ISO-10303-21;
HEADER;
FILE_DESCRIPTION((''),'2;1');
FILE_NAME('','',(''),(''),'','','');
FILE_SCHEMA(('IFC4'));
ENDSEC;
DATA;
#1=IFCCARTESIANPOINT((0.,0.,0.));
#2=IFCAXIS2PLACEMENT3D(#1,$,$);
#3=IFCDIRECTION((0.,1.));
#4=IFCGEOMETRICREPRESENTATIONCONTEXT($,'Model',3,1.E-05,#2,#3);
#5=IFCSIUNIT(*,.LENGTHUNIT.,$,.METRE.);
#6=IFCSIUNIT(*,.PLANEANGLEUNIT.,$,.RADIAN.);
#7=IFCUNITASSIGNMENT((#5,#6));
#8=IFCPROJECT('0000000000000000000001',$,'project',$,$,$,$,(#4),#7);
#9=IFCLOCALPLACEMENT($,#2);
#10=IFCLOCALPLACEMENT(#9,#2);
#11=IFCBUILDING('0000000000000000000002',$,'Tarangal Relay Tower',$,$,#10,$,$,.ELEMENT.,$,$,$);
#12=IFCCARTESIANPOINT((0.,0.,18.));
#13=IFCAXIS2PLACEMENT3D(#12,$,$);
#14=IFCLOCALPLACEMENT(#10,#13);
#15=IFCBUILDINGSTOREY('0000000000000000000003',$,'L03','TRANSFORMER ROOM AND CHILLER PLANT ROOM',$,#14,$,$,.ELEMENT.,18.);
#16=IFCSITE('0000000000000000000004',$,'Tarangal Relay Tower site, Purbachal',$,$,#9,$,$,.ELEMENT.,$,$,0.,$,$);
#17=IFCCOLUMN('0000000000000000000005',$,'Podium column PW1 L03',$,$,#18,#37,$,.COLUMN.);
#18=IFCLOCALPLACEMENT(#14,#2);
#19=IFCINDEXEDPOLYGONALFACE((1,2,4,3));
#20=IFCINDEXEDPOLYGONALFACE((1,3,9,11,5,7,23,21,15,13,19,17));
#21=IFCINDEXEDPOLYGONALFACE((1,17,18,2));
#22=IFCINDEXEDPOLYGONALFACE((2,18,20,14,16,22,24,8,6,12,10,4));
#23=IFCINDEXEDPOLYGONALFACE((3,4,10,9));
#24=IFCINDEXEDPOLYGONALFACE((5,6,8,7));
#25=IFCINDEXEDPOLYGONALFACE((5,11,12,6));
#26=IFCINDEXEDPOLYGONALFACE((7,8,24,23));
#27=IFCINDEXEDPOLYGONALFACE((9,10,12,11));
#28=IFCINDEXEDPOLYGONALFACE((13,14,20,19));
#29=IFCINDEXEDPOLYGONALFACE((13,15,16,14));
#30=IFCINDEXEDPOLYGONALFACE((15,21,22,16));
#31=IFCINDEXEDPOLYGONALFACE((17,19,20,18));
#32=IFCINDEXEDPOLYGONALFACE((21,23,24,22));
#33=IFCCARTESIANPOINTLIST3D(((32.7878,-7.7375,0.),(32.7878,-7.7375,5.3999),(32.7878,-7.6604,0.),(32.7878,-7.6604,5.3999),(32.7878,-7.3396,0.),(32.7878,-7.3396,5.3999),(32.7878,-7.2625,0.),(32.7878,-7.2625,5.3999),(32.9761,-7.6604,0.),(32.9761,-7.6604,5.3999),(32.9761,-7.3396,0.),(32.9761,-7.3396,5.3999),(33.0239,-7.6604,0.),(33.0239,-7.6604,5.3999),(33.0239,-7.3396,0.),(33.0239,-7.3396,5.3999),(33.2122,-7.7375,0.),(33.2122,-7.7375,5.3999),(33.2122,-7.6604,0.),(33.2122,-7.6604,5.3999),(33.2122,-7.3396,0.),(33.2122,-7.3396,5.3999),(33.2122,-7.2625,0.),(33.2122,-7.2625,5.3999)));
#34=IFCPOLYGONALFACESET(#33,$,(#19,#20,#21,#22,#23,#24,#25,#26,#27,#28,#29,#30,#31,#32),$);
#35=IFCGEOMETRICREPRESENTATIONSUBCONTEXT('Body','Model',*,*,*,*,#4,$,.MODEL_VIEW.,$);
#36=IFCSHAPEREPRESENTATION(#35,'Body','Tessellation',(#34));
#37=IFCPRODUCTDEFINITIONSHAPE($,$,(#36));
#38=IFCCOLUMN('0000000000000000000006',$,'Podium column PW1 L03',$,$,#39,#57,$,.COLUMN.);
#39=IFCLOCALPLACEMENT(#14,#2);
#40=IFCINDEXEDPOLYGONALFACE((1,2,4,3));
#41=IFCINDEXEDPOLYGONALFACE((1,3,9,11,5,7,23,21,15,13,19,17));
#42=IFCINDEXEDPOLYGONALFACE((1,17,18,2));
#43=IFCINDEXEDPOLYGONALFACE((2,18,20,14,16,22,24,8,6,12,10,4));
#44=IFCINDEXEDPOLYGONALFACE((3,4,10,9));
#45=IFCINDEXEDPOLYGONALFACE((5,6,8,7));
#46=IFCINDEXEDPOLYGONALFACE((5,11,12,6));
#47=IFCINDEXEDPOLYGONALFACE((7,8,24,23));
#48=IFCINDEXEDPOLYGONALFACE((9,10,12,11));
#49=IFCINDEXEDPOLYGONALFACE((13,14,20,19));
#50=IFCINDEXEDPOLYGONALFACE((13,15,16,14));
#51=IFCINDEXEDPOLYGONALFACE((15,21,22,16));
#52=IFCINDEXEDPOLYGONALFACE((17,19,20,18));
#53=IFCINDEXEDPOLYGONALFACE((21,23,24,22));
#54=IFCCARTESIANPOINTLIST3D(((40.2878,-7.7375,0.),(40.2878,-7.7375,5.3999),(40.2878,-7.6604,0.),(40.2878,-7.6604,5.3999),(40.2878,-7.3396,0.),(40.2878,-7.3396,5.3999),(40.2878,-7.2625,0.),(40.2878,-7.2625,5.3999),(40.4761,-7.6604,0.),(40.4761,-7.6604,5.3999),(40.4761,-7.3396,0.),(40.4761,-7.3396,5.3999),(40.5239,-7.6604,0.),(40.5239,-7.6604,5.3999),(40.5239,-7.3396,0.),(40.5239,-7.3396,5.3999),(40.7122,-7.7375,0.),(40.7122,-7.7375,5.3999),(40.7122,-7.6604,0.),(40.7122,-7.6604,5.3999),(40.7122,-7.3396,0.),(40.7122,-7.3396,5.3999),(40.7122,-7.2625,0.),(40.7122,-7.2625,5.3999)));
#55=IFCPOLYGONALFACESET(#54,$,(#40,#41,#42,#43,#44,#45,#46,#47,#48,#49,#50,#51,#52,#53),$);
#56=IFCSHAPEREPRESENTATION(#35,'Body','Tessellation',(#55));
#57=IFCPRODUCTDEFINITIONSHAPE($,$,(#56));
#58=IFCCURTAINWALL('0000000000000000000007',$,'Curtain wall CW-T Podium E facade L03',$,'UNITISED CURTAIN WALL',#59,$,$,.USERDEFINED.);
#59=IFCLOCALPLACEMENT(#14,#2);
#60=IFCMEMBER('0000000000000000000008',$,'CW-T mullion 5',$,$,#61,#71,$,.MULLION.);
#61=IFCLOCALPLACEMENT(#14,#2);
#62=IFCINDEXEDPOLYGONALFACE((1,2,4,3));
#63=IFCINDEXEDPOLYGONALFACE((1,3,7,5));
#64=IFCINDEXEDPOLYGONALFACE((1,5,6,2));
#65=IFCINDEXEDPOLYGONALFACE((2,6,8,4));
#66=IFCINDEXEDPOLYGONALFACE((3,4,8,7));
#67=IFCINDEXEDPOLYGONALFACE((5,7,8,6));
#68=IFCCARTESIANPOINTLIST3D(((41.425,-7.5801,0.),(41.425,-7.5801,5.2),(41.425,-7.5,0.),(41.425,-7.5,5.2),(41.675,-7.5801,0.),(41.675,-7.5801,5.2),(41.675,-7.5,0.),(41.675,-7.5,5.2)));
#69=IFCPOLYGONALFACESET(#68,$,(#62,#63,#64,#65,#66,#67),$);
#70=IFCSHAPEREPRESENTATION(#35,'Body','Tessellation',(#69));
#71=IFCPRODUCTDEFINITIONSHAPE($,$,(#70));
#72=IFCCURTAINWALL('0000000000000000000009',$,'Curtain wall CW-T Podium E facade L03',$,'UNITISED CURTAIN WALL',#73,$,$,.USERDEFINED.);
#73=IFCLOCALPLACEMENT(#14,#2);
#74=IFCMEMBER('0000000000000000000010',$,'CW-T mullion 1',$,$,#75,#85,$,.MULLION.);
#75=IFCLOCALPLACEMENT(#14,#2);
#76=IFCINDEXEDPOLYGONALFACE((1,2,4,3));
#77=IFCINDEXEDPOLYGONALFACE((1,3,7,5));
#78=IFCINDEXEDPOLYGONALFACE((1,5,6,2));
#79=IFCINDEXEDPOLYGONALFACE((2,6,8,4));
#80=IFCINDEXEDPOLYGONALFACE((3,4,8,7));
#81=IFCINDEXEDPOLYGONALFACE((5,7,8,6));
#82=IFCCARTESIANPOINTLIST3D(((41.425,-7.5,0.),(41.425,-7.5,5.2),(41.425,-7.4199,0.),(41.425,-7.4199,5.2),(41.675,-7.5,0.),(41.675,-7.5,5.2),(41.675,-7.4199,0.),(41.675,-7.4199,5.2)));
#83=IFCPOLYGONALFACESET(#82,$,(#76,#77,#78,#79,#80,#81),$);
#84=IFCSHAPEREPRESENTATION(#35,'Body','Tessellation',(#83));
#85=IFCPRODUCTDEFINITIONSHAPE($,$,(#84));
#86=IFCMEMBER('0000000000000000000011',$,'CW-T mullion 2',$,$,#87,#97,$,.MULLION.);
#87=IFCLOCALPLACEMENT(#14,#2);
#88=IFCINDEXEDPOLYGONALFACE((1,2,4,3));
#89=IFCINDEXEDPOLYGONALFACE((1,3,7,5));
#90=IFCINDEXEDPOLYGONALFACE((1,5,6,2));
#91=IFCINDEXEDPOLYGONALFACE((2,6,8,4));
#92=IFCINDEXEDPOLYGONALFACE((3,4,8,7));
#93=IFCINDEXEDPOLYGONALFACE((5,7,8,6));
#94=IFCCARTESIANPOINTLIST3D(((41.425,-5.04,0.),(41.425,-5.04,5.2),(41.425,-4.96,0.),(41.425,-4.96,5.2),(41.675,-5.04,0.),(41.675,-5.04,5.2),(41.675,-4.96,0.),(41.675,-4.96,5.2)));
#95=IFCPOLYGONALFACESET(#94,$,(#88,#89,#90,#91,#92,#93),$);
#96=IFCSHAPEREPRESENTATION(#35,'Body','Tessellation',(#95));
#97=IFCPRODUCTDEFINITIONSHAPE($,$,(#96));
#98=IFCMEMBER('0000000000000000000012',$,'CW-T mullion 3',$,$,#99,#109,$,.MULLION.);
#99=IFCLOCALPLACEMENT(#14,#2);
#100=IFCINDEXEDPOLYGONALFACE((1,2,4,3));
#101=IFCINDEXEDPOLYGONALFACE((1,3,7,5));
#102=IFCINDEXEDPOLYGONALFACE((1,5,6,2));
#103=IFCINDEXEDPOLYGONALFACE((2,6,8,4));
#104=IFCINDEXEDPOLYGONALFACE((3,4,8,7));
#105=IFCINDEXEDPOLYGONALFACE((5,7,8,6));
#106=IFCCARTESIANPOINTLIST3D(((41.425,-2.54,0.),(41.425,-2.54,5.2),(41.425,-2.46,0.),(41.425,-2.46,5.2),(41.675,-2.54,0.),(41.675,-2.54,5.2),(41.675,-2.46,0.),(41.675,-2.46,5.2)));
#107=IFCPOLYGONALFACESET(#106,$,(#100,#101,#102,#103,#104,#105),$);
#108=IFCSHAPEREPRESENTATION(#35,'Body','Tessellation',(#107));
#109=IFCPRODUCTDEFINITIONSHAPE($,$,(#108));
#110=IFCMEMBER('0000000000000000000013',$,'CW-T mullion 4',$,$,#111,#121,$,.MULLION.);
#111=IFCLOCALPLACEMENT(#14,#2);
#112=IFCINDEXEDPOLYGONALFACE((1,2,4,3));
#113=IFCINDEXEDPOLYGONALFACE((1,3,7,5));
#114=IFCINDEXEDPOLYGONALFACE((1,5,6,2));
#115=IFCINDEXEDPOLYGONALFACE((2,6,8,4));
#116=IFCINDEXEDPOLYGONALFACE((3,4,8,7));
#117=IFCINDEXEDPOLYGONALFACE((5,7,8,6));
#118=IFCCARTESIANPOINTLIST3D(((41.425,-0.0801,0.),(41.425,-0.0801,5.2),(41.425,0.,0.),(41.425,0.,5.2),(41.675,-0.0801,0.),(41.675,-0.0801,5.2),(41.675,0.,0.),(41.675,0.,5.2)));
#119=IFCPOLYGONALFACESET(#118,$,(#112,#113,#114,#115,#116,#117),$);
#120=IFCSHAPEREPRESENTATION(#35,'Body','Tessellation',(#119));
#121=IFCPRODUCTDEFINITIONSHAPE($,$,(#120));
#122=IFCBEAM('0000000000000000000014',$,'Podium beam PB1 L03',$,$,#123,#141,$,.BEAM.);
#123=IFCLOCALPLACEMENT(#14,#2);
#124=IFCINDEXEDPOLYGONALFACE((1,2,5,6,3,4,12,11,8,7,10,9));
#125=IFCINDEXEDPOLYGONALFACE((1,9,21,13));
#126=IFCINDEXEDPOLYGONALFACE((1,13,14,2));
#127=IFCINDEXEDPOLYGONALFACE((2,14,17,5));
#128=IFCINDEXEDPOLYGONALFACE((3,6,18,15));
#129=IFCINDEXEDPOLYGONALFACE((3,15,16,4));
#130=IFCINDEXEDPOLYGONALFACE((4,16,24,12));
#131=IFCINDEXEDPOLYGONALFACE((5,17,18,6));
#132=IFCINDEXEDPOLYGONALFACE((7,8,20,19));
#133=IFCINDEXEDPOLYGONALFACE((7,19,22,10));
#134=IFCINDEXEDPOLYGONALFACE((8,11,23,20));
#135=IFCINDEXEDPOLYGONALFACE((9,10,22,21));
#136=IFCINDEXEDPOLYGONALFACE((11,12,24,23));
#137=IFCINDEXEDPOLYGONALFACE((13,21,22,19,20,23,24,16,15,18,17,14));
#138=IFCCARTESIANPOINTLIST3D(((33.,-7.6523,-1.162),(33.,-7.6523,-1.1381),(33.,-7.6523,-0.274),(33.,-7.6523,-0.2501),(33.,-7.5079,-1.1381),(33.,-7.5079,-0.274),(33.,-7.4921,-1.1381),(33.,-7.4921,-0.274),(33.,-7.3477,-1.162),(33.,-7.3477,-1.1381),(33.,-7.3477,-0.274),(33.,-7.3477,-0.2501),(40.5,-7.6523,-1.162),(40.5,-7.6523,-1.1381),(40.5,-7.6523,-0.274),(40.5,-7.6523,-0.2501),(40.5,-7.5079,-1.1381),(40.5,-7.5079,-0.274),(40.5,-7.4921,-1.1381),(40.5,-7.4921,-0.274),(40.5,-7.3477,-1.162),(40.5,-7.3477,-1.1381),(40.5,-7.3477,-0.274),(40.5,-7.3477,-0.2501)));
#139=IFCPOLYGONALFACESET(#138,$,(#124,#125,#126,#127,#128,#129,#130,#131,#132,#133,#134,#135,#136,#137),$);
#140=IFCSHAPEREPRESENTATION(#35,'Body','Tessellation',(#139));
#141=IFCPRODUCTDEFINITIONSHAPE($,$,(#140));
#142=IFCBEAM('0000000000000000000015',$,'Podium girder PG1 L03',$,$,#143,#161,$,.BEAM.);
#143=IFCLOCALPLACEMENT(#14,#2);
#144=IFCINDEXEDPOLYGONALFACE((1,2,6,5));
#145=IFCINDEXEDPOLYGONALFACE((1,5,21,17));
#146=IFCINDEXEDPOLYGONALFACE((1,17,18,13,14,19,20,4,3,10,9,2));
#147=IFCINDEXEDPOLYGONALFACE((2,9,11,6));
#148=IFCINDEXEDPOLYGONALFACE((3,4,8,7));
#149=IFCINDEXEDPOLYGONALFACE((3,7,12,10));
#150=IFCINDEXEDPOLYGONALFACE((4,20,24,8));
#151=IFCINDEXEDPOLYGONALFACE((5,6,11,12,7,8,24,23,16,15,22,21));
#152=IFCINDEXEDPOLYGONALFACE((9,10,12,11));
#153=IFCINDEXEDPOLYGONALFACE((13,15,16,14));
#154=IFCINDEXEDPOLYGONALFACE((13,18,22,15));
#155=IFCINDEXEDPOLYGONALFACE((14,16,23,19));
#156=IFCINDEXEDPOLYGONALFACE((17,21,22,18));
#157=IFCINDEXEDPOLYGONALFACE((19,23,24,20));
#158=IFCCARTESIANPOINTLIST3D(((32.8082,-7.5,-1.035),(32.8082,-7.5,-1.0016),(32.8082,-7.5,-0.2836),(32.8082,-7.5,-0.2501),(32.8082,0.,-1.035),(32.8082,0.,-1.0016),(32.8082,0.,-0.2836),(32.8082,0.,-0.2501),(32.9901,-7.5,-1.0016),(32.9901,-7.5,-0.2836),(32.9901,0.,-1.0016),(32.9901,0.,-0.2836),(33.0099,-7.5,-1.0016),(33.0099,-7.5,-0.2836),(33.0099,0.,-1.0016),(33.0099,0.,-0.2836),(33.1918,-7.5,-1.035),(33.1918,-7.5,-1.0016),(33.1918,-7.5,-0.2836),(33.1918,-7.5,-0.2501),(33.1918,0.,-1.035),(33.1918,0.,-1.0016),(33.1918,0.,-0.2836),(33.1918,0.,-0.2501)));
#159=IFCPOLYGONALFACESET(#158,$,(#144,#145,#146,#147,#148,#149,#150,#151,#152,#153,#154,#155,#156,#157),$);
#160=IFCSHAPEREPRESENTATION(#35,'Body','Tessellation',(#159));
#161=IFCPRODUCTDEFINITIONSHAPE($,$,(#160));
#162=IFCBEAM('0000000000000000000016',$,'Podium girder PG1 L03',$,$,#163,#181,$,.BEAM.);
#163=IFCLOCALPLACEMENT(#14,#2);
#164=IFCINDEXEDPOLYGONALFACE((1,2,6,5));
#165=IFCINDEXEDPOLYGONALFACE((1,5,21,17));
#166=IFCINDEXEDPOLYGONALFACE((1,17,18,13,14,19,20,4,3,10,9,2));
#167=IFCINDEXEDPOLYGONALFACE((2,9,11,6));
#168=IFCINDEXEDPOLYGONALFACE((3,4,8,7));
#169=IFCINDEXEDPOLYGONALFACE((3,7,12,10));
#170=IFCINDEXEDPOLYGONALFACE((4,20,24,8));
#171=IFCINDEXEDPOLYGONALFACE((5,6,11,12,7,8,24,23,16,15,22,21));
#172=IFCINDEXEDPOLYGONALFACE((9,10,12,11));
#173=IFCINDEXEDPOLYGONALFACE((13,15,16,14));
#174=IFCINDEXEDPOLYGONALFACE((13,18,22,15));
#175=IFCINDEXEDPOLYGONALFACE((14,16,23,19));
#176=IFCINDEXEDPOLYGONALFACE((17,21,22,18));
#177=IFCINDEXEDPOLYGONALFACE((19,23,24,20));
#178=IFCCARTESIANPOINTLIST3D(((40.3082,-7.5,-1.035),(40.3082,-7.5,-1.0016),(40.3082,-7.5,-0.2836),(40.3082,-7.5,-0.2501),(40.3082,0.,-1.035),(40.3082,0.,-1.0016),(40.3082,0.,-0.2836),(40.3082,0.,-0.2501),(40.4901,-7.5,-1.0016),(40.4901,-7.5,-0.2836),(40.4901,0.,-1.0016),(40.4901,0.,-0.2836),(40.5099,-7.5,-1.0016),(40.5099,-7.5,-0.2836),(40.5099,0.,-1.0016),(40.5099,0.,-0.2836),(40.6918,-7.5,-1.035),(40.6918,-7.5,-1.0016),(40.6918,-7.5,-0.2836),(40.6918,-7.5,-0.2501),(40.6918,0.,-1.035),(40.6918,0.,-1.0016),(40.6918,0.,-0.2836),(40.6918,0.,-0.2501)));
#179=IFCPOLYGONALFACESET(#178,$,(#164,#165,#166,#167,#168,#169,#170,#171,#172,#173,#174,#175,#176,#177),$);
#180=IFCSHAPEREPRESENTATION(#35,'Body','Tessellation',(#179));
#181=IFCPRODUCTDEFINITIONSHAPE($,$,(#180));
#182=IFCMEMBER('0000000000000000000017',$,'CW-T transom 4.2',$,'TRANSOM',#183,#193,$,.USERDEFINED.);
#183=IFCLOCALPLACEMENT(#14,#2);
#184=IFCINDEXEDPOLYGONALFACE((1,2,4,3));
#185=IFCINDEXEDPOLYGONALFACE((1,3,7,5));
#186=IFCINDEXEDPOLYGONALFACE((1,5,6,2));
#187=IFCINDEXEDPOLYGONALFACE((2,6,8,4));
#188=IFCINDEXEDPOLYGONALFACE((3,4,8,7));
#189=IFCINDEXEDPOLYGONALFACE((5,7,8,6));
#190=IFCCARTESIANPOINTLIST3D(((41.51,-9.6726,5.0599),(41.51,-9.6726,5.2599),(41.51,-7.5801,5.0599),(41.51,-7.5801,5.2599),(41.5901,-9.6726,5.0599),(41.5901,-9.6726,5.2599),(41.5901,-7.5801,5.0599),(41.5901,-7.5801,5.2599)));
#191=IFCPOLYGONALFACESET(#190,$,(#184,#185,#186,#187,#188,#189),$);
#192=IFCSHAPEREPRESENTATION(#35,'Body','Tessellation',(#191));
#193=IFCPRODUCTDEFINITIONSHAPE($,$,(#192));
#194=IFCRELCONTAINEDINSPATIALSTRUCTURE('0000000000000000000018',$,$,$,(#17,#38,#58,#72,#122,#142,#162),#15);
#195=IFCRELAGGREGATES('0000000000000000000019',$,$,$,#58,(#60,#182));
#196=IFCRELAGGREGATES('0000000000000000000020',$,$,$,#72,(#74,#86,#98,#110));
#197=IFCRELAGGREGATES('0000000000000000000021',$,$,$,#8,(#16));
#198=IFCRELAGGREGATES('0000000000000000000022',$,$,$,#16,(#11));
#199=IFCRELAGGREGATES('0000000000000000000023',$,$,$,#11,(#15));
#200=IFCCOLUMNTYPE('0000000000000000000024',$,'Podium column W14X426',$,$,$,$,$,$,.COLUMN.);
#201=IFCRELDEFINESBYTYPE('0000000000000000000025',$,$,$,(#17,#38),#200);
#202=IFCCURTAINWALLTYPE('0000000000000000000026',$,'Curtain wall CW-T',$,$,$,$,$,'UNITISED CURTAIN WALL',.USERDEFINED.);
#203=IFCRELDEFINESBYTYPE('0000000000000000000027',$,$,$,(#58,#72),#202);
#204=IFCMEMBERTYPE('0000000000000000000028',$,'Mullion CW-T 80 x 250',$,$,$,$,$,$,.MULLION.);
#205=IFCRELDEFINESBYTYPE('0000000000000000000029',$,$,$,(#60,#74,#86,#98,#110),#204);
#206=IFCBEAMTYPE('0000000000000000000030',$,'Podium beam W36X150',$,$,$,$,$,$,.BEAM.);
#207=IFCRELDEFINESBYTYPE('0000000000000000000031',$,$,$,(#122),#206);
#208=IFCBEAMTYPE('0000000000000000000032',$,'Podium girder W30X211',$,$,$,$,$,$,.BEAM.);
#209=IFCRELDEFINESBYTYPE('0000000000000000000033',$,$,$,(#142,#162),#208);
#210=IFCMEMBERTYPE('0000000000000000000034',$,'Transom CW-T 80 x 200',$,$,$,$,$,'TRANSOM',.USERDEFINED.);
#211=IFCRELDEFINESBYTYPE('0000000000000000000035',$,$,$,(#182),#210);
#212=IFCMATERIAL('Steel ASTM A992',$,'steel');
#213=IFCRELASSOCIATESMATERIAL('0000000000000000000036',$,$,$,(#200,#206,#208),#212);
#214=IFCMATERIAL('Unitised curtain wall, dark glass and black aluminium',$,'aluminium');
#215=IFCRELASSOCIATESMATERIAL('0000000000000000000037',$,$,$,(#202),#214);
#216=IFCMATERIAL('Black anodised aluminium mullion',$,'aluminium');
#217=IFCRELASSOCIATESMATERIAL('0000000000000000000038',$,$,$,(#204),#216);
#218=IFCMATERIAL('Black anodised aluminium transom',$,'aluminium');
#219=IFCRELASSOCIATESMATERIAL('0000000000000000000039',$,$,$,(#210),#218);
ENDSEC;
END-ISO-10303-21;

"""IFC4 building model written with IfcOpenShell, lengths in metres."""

from ifc_helpers import new_model, si_unit, direction, frame, origin, origin_2d, place, context, subcontext, project, spatial, rectangle, i_section, extrude, material, material_profile, profile_set, type_object, element, aggregate, save


model = new_model("IFC4")

# Units and contexts
model_context = context("Model", 3, precision=1e-05, world=origin(), true_north=direction((0.0, 1.0)))
body_context = subcontext(model_context, "Body", "Model", "MODEL_VIEW")
ifc_project = project(units=[si_unit("LENGTHUNIT", "METRE"), si_unit("PLANEANGLEUNIT", "RADIAN")], contexts=[model_context])

# Site, building, storey
site_placement = place(None, origin())
site = spatial("IfcSite", under=ifc_project, at=site_placement, Name="Tarangal Relay Tower site, Purbachal", CompositionType="ELEMENT", RefElevation=0.0)
building_placement = place(site_placement, origin())
building = spatial("IfcBuilding", under=site, at=building_placement, Name="Tarangal Relay Tower", CompositionType="ELEMENT")
storey_placement = place(building_placement, frame((0.0, 0.0, 18.0)))
storey = spatial("IfcBuildingStorey", under=building, at=storey_placement, Name="L03", Description="TRANSFORMER ROOM AND CHILLER PLANT ROOM", CompositionType="ELEMENT", Elevation=18.0)

# Columns
ifc_material_1 = material(Name="Steel ASTM A992", Category="steel")
ifc_material_profile_1 = material_profile(ifc_material_1, i_section(OverallWidth=0.4243, OverallDepth=0.4751, WebThickness=0.0479, FlangeThickness=0.0771, at=origin_2d()), Name="W14X426")
ifc_profile_set_1 = profile_set([ifc_material_profile_1], Name="Steel ASTM A992")
column_type = type_object("IfcColumnType", Name="Podium column W14X426", PredefinedType="COLUMN", material=ifc_profile_set_1)
for number, where, z_axis, x_axis, name in (
    (1, (33.0, -7.5, 0.0), (0.0, 0.0, 1.0), (1.0, 0.0, 0.0), "Podium column PW1 L03"),
    (2, (40.5, -7.5, 0.0), (0.0, 0.0, 1.0), (1.0, 0.0, 0.0), "Podium column PW1 L03"),
):
    element("IfcColumn", number, at=place(storey_placement, frame(where, z_axis=z_axis, x_axis=x_axis)), inside=storey, type_object=column_type, Name=name, PredefinedType="COLUMN", context=body_context, shape_type="SweptSolid", body=[
        extrude(i_section(OverallWidth=0.4243, OverallDepth=0.4751, WebThickness=0.0479, FlangeThickness=0.0771, at=origin_2d()), origin(), (0.0, 0.0, 1.0), 5.3999),
    ])

# Curtain wall, member
ifc_material_2 = material(Name="Unitised curtain wall, dark glass and black aluminium", Category="aluminium")
curtain_wall_type = type_object("IfcCurtainWallType", Name="Curtain wall CW-T", ElementType="UNITISED CURTAIN WALL", PredefinedType="USERDEFINED", material=ifc_material_2)
curtain_wall_1_placement = place(storey_placement, origin())
curtain_wall_1 = element("IfcCurtainWall", 3, at=curtain_wall_1_placement, inside=storey, type_object=curtain_wall_type, Name="Curtain wall CW-T Podium E facade L03", ObjectType="UNITISED CURTAIN WALL", PredefinedType="USERDEFINED")
ifc_material_3 = material(Name="Black anodised aluminium mullion", Category="aluminium")
ifc_material_profile_2 = material_profile(ifc_material_3, rectangle(XDim=0.25, YDim=0.0801, at=origin_2d()), Name="CW-TM 80X250")
ifc_profile_set_2 = profile_set([ifc_material_profile_2], Name="Black anodised aluminium mullion")
member_type_1 = type_object("IfcMemberType", Name="Mullion CW-T 80 x 250", PredefinedType="MULLION", material=ifc_profile_set_2)
member_1_placement = place(storey_placement, frame((41.55, -7.54, 0.0), z_axis=(0.0, 0.0, 1.0), x_axis=(-1.0, 0.0, 0.0)))
member_1 = element("IfcMember", 4, at=member_1_placement, type_object=member_type_1, Name="CW-T mullion 5", PredefinedType="MULLION", context=body_context, shape_type="SweptSolid", body=[
    extrude(rectangle(XDim=0.25, YDim=0.0801, at=origin_2d()), origin(), (0.0, 0.0, 1.0), 5.2),
])

# Curtain wall, members
curtain_wall_2_placement = place(storey_placement, origin())
curtain_wall_2 = element("IfcCurtainWall", 5, at=curtain_wall_2_placement, inside=storey, type_object=curtain_wall_type, Name="Curtain wall CW-T Podium E facade L03", ObjectType="UNITISED CURTAIN WALL", PredefinedType="USERDEFINED")
member_2_placement = place(storey_placement, frame((41.55, -7.46, 0.0), z_axis=(0.0, 0.0, 1.0), x_axis=(-1.0, 0.0, 0.0)))
member_2 = element("IfcMember", 6, at=member_2_placement, type_object=member_type_1, Name="CW-T mullion 1", PredefinedType="MULLION", context=body_context, shape_type="SweptSolid", body=[
    extrude(rectangle(XDim=0.25, YDim=0.0801, at=origin_2d()), origin(), (0.0, 0.0, 1.0), 5.2),
])
member_3_placement = place(storey_placement, frame((41.55, -5.0, 0.0), z_axis=(0.0, 0.0, 1.0), x_axis=(-1.0, 0.0, 0.0)))
member_3 = element("IfcMember", 7, at=member_3_placement, type_object=member_type_1, Name="CW-T mullion 2", PredefinedType="MULLION", context=body_context, shape_type="SweptSolid", body=[
    extrude(rectangle(XDim=0.25, YDim=0.0801, at=origin_2d()), origin(), (0.0, 0.0, 1.0), 5.2),
])
member_4_placement = place(storey_placement, frame((41.55, -2.5, 0.0), z_axis=(0.0, 0.0, 1.0), x_axis=(-1.0, 0.0, 0.0)))
member_4 = element("IfcMember", 8, at=member_4_placement, type_object=member_type_1, Name="CW-T mullion 3", PredefinedType="MULLION", context=body_context, shape_type="SweptSolid", body=[
    extrude(rectangle(XDim=0.25, YDim=0.0801, at=origin_2d()), origin(), (0.0, 0.0, 1.0), 5.2),
])
member_5_placement = place(storey_placement, frame((41.55, -0.04, 0.0), z_axis=(0.0, 0.0, 1.0), x_axis=(-1.0, 0.0, 0.0)))
member_5 = element("IfcMember", 9, at=member_5_placement, type_object=member_type_1, Name="CW-T mullion 4", PredefinedType="MULLION", context=body_context, shape_type="SweptSolid", body=[
    extrude(rectangle(XDim=0.25, YDim=0.0801, at=origin_2d()), origin(), (0.0, 0.0, 1.0), 5.2),
])

# Beams
ifc_material_profile_3 = material_profile(ifc_material_1, i_section(OverallWidth=0.3047, OverallDepth=0.9119, WebThickness=0.0159, FlangeThickness=0.0239, at=origin_2d()), Name="W36X150")
ifc_profile_set_3 = profile_set([ifc_material_profile_3], Name="Steel ASTM A992")
beam_type_1 = type_object("IfcBeamType", Name="Podium beam W36X150", PredefinedType="BEAM", material=ifc_profile_set_3)
beam_placement = place(storey_placement, frame((33.0, -7.5, -0.7061), z_axis=(1.0, 0.0, 0.0), x_axis=(0.0, 1.0, 0.0)))
element("IfcBeam", 10, at=beam_placement, inside=storey, type_object=beam_type_1, Name="Podium beam PB1 L03", PredefinedType="BEAM", context=body_context, shape_type="SweptSolid", body=[
    extrude(i_section(OverallWidth=0.3047, OverallDepth=0.9119, WebThickness=0.0159, FlangeThickness=0.0239, at=origin_2d()), origin(), (0.0, 0.0, 1.0), 7.5),
])
ifc_material_profile_4 = material_profile(ifc_material_1, i_section(OverallWidth=0.3835, OverallDepth=0.7849, WebThickness=0.0198, FlangeThickness=0.0334, at=origin_2d()), Name="W30X211")
ifc_profile_set_4 = profile_set([ifc_material_profile_4], Name="Steel ASTM A992")
beam_type_2 = type_object("IfcBeamType", Name="Podium girder W30X211", PredefinedType="BEAM", material=ifc_profile_set_4)
for number, where, z_axis, x_axis, name in (
    (11, (33.0, -7.5, -0.6426), (0.0, 1.0, 0.0), (-1.0, 0.0, 0.0), "Podium girder PG1 L03"),
    (12, (40.5, -7.5, -0.6426), (0.0, 1.0, 0.0), (-1.0, 0.0, 0.0), "Podium girder PG1 L03"),
):
    element("IfcBeam", number, at=place(storey_placement, frame(where, z_axis=z_axis, x_axis=x_axis)), inside=storey, type_object=beam_type_2, Name=name, PredefinedType="BEAM", context=body_context, shape_type="SweptSolid", body=[
        extrude(i_section(OverallWidth=0.3835, OverallDepth=0.7849, WebThickness=0.0198, FlangeThickness=0.0334, at=origin_2d()), origin(), (0.0, 0.0, 1.0), 7.5),
    ])

# Member
ifc_material_4 = material(Name="Black anodised aluminium transom", Category="aluminium")
ifc_material_profile_5 = material_profile(ifc_material_4, rectangle(XDim=0.0801, YDim=0.2, at=origin_2d()), Name="CW-TT 80X200")
ifc_profile_set_5 = profile_set([ifc_material_profile_5], Name="Black anodised aluminium transom")
member_type_2 = type_object("IfcMemberType", Name="Transom CW-T 80 x 200", ElementType="TRANSOM", PredefinedType="USERDEFINED", material=ifc_profile_set_5)
member_6_placement = place(storey_placement, frame((41.55, -9.6726, 5.1599), z_axis=(0.0, 1.0, 0.0), x_axis=(-1.0, 0.0, 0.0)))
member_6 = element("IfcMember", 13, at=member_6_placement, type_object=member_type_2, Name="CW-T transom 4.2", ObjectType="TRANSOM", PredefinedType="USERDEFINED", context=body_context, shape_type="SweptSolid", body=[
    extrude(rectangle(XDim=0.0801, YDim=0.2, at=origin_2d()), origin(), (0.0, 0.0, 1.0), 2.0925),
])

aggregate(curtain_wall_1, [member_1, member_6])
aggregate(curtain_wall_2, [member_2, member_3, member_4, member_5])

save(model, "model.ifc")
